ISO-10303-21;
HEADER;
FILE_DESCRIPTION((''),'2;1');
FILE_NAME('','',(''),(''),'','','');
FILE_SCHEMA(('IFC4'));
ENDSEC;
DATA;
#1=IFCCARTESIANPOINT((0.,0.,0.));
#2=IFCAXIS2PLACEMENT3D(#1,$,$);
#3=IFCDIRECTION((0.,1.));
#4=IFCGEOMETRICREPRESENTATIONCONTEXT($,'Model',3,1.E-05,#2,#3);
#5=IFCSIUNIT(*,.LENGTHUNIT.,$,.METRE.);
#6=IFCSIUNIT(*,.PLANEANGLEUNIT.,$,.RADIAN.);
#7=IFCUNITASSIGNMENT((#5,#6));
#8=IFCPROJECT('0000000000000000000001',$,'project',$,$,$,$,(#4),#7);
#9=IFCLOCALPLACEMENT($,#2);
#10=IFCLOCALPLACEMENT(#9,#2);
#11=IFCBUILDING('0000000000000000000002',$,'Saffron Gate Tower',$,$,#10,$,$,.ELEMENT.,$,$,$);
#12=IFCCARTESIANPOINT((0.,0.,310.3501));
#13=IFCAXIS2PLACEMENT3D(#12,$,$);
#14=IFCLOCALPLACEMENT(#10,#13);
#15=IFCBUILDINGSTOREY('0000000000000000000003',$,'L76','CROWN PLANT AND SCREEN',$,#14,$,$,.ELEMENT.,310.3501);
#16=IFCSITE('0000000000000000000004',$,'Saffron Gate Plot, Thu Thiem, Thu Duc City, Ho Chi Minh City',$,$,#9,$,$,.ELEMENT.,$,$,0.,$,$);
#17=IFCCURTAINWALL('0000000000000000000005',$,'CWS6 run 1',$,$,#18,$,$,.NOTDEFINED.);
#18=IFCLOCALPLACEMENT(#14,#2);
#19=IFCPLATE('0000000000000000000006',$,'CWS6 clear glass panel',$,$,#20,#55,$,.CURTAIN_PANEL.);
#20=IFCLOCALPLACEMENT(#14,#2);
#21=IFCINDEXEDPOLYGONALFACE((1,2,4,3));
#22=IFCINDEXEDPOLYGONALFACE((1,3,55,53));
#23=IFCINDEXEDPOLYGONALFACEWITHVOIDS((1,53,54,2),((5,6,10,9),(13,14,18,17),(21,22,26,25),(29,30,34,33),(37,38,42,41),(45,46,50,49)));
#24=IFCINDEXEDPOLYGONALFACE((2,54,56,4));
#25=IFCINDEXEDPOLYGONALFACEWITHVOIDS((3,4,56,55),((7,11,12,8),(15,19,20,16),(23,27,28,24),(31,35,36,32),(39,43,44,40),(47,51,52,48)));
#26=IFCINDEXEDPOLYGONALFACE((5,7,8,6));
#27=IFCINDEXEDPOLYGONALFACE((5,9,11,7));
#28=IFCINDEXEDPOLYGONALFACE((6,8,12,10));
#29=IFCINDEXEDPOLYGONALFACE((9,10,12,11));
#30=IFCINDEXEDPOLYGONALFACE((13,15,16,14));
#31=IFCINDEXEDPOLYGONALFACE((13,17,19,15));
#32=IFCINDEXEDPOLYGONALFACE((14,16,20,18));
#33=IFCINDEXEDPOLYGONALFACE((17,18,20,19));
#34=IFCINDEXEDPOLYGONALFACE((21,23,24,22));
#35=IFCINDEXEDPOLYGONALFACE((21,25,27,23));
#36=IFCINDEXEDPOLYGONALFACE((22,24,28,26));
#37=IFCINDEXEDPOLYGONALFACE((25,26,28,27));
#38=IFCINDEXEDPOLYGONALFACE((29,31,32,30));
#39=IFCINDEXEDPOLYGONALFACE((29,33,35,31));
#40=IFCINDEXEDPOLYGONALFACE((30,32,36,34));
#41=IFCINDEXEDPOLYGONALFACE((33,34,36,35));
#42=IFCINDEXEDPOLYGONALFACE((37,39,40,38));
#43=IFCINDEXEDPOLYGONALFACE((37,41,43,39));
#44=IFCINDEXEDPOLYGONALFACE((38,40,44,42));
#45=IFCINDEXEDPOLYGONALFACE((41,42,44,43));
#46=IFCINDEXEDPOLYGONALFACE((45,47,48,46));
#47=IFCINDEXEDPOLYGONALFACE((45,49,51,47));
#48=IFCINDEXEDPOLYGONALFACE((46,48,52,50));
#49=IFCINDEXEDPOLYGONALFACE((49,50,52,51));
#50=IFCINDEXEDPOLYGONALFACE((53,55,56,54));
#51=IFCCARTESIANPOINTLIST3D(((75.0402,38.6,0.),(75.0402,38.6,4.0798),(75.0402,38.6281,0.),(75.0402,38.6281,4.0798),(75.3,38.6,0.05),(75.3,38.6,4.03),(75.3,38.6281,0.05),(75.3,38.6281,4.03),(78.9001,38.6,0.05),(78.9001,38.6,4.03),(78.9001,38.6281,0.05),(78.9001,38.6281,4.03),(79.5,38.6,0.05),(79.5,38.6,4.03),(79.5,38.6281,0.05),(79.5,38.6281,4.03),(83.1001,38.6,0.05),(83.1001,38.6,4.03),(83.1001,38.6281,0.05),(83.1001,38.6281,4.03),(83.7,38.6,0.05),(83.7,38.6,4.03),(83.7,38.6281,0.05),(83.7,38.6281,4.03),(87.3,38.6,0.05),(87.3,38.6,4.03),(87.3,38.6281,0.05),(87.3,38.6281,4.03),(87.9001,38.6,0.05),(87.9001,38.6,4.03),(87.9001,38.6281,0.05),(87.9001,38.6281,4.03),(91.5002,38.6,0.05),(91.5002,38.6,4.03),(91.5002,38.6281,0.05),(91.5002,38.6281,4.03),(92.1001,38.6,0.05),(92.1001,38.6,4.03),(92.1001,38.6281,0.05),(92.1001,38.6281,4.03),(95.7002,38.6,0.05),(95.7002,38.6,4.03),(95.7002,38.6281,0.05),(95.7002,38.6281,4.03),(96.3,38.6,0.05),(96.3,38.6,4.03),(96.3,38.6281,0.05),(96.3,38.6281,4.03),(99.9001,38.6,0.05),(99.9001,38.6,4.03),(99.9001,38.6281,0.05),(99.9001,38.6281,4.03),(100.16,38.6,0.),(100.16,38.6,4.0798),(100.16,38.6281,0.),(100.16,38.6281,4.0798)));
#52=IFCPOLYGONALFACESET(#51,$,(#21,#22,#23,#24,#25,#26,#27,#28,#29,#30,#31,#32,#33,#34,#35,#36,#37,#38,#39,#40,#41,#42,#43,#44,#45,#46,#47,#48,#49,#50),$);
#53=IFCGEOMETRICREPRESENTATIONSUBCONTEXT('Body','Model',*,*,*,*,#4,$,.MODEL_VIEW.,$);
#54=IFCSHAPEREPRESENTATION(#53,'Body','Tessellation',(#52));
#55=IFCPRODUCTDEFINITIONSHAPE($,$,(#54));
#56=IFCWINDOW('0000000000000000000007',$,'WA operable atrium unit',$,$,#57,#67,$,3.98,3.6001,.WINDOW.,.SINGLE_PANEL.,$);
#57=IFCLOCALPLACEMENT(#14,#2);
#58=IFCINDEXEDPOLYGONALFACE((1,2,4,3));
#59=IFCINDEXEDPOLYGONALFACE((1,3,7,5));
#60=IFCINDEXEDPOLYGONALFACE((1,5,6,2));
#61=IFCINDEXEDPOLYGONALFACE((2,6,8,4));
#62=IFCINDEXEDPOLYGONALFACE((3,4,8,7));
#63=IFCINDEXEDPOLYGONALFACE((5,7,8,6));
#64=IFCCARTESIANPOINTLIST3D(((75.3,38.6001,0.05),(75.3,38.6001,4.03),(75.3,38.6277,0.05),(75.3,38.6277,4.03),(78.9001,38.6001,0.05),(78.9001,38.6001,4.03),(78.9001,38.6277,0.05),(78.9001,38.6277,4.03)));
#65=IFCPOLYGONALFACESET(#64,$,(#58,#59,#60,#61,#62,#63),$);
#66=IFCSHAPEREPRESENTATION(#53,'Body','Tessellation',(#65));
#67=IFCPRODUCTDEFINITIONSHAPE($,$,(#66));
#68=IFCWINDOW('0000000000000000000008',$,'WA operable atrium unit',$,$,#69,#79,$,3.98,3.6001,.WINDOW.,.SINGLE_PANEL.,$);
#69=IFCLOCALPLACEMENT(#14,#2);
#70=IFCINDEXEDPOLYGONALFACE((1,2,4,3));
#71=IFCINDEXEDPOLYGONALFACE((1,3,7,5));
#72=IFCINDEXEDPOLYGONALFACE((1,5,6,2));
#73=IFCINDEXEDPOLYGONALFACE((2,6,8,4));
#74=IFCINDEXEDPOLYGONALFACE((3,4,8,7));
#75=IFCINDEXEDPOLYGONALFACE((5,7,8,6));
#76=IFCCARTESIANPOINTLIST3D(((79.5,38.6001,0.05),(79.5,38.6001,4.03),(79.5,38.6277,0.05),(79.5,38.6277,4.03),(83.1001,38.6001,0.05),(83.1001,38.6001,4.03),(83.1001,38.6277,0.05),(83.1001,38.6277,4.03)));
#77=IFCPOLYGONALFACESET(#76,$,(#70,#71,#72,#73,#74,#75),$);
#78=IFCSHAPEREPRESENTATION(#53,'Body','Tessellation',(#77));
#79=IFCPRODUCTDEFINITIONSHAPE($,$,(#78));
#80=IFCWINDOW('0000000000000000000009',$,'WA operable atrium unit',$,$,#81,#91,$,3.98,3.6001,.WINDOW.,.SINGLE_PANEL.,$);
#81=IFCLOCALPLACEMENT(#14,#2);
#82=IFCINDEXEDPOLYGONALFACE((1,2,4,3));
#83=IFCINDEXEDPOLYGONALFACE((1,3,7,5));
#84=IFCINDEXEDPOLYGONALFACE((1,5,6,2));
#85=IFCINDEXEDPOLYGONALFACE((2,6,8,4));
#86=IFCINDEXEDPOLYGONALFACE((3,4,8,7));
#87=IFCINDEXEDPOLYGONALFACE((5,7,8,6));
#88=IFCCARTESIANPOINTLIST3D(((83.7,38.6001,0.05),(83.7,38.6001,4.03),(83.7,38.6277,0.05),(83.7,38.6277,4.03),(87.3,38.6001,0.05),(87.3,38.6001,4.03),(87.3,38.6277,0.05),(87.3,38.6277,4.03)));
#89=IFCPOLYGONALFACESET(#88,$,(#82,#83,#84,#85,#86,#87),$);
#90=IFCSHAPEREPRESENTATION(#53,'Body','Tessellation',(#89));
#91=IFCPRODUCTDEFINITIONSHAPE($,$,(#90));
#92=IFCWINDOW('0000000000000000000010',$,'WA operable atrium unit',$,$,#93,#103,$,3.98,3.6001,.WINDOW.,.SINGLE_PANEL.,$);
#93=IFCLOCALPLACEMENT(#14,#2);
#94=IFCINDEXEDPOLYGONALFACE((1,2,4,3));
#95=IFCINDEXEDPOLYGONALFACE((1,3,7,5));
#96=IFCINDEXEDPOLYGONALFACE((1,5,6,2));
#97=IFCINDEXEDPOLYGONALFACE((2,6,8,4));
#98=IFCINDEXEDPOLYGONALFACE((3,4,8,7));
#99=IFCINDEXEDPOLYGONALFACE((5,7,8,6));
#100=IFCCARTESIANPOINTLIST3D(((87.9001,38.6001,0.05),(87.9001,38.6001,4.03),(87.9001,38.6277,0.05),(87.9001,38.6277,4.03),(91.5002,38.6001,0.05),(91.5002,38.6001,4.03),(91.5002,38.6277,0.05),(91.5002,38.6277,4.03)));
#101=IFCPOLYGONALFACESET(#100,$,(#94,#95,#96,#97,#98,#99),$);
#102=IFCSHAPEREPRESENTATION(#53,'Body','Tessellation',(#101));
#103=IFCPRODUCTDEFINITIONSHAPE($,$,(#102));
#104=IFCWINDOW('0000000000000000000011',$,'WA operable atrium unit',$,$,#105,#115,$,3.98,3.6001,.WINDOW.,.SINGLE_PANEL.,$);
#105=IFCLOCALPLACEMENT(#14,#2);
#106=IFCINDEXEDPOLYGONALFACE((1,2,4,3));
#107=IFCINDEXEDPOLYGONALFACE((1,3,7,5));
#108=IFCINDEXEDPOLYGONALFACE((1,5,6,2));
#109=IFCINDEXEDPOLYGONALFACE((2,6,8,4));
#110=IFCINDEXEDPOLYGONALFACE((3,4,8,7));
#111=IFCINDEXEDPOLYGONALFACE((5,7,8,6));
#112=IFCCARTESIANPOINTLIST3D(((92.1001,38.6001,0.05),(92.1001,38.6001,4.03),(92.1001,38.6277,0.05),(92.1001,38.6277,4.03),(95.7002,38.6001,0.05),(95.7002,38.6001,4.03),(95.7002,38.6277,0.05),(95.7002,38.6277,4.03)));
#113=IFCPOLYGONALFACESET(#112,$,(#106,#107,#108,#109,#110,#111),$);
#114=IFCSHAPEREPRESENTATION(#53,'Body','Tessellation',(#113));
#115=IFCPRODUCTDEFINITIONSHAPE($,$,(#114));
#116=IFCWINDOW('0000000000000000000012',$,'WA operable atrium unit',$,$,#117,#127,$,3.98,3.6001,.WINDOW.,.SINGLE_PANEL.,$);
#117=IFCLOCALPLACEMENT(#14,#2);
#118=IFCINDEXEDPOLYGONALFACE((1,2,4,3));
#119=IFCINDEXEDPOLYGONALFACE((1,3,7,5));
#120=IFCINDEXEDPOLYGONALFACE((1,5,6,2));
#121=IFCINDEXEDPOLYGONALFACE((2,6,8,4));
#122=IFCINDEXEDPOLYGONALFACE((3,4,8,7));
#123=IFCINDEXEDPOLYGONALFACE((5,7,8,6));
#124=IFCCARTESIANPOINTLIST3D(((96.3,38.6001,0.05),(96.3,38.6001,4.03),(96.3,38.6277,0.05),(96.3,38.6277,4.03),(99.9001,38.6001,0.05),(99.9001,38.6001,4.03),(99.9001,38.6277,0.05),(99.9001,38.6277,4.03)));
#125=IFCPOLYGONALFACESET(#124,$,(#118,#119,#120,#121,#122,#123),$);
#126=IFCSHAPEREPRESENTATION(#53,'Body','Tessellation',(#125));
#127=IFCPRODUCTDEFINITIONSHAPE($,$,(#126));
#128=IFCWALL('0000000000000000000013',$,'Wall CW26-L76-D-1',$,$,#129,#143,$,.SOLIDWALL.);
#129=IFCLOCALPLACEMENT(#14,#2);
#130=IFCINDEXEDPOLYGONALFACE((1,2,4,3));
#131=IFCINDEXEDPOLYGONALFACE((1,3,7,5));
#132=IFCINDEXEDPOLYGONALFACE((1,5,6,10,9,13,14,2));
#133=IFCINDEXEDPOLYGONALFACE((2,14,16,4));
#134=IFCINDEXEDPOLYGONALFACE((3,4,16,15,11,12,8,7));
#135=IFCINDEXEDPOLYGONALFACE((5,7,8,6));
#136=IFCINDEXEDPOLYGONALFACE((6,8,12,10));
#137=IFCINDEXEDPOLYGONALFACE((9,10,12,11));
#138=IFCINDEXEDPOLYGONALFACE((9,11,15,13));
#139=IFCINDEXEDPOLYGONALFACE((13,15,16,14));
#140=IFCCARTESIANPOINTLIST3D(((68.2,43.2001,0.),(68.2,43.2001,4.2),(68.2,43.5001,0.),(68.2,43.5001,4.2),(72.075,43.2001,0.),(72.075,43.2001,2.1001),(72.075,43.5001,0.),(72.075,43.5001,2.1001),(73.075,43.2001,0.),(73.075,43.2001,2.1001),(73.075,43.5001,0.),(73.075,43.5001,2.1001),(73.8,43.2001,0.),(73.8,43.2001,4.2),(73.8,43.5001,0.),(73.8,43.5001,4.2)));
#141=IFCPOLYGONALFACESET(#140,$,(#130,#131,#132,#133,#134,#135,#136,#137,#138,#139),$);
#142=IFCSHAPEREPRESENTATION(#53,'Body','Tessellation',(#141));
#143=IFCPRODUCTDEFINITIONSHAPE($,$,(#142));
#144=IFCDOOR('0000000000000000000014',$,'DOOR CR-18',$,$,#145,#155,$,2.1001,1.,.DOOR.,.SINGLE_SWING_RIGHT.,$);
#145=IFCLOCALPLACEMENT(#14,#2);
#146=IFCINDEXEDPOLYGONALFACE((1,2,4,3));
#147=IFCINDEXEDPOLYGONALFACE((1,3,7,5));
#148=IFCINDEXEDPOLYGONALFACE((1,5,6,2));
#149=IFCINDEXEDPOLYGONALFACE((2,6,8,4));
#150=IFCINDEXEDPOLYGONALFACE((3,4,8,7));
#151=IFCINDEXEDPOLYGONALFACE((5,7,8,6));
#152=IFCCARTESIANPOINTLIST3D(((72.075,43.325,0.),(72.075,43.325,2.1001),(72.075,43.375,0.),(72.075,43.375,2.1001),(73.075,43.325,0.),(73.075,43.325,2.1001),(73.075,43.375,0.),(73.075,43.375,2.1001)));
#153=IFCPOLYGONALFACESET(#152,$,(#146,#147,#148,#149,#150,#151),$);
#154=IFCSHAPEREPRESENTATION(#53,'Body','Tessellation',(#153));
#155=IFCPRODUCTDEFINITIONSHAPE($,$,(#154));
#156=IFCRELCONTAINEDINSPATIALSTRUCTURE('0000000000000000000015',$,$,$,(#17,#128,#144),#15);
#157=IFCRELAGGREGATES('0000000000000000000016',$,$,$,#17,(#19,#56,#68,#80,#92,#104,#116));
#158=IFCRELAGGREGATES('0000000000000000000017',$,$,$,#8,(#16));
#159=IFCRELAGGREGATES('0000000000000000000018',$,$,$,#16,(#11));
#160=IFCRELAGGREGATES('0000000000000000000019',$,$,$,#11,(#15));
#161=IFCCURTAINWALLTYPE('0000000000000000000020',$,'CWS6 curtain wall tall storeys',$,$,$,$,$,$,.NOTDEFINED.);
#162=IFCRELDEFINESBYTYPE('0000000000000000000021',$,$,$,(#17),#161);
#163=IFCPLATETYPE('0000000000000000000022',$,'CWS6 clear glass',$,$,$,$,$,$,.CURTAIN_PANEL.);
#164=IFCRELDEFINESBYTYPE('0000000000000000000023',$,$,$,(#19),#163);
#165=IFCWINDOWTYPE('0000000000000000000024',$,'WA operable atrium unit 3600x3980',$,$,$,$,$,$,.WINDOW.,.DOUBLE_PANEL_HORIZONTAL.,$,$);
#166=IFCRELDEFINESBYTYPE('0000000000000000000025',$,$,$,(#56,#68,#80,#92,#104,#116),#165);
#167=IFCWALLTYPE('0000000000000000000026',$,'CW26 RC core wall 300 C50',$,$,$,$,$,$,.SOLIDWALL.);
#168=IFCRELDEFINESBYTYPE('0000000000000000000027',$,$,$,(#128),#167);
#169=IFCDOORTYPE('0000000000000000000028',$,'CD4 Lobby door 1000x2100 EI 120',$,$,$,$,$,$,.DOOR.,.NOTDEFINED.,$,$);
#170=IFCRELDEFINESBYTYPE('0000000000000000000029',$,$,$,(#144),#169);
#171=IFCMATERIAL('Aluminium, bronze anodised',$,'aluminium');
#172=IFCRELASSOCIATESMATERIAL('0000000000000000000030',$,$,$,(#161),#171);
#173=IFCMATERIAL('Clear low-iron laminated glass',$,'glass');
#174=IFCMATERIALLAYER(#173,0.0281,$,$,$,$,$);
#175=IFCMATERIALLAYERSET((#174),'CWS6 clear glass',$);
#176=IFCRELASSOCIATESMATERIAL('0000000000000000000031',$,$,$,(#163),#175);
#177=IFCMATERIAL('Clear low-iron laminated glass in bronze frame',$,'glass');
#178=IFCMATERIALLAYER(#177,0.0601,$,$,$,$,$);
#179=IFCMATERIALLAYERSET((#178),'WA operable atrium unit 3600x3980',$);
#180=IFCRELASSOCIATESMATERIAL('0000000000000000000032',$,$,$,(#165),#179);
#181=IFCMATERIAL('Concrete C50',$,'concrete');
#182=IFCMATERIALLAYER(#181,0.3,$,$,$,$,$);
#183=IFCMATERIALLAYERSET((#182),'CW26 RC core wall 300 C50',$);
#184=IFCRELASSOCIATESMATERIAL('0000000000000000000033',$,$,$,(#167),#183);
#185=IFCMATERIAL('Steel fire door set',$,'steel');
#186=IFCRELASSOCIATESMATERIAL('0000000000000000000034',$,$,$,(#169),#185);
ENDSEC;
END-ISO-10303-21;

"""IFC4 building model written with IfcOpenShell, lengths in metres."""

from ifc_helpers import new_model, si_unit, direction, frame, frame_2d, origin, place, context, subcontext, project, spatial, rectangle, extrude, material, layer, layer_set, type_object, element, fill, aggregate, save


model = new_model("IFC4")

# Units and contexts
model_context = context("Model", 3, precision=1e-05, world=origin(), true_north=direction((0.0, 1.0)))
body_context = subcontext(model_context, "Body", "Model", "MODEL_VIEW")
ifc_project = project(units=[si_unit("LENGTHUNIT", "METRE"), si_unit("PLANEANGLEUNIT", "RADIAN")], contexts=[model_context])

# Site, building, storey
site_placement = place(None, origin())
site = spatial("IfcSite", under=ifc_project, at=site_placement, Name="Saffron Gate Plot, Thu Thiem, Thu Duc City, Ho Chi Minh City", CompositionType="ELEMENT", RefElevation=0.0)
building_placement = place(site_placement, origin())
building = spatial("IfcBuilding", under=site, at=building_placement, Name="Saffron Gate Tower", CompositionType="ELEMENT")
storey_placement = place(building_placement, frame((0.0, 0.0, 310.3501)))
storey = spatial("IfcBuildingStorey", under=building, at=storey_placement, Name="L76", Description="CROWN PLANT AND SCREEN", CompositionType="ELEMENT", Elevation=310.3501)

# Curtain wall, plate, openings, windows
ifc_material_1 = material(Name="Aluminium, bronze anodised", Category="aluminium")
curtain_wall_type = type_object("IfcCurtainWallType", Name="CWS6 curtain wall tall storeys", PredefinedType="NOTDEFINED", material=ifc_material_1)
curtain_wall_placement = place(storey_placement, origin())
curtain_wall = element("IfcCurtainWall", 1, at=curtain_wall_placement, inside=storey, type_object=curtain_wall_type, Name="CWS6 run 1", PredefinedType="NOTDEFINED")
ifc_material_2 = material(Name="Clear low-iron laminated glass", Category="glass")
ifc_layer_1 = layer(ifc_material_2, 0.0281)
ifc_layer_set_1 = layer_set([ifc_layer_1], Name="CWS6 clear glass")
plate_type = type_object("IfcPlateType", Name="CWS6 clear glass", PredefinedType="CURTAIN_PANEL", material=ifc_layer_set_1)
plate_placement = place(storey_placement, frame((75.04, 38.614, 0.0), z_axis=(0.0, 0.0, 1.0), x_axis=(1.0, 0.0, 0.0)))
plate = element("IfcPlate", 2, at=plate_placement, type_object=plate_type, Name="CWS6 clear glass panel", PredefinedType="CURTAIN_PANEL", context=body_context, shape_type="SweptSolid", body=[
    extrude(rectangle(XDim=25.1199, YDim=0.0281, at=frame_2d((12.5601, 0.0))), origin(), (0.0, 0.0, 1.0), 4.0798),
])
opening_1_placement = place(plate_placement, frame((0.26, 0.0, 0.05)))
opening_1 = element("IfcOpeningElement", 3, at=opening_1_placement, cuts=plate, PredefinedType="OPENING", context=body_context, shape_type="SweptSolid", body=[
    extrude(rectangle(XDim=3.6001, YDim=3.98, at=frame_2d((1.8, 1.99))), frame((0.0, 0.0239, 0.0), z_axis=(0.0, -1.0, 0.0), x_axis=(1.0, 0.0, 0.0)), (0.0, 0.0, 1.0), 0.0481),
])
opening_2_placement = place(plate_placement, frame((4.46, 0.0, 0.05)))
opening_2 = element("IfcOpeningElement", 4, at=opening_2_placement, cuts=plate, PredefinedType="OPENING", context=body_context, shape_type="SweptSolid", body=[
    extrude(rectangle(XDim=3.6001, YDim=3.98, at=frame_2d((1.8, 1.99))), frame((0.0, 0.0239, 0.0), z_axis=(0.0, -1.0, 0.0), x_axis=(1.0, 0.0, 0.0)), (0.0, 0.0, 1.0), 0.0481),
])
opening_3_placement = place(plate_placement, frame((8.6599, 0.0, 0.05)))
opening_3 = element("IfcOpeningElement", 5, at=opening_3_placement, cuts=plate, PredefinedType="OPENING", context=body_context, shape_type="SweptSolid", body=[
    extrude(rectangle(XDim=3.6001, YDim=3.98, at=frame_2d((1.8, 1.99))), frame((0.0, 0.0239, 0.0), z_axis=(0.0, -1.0, 0.0), x_axis=(1.0, 0.0, 0.0)), (0.0, 0.0, 1.0), 0.0481),
])
opening_4_placement = place(plate_placement, frame((12.8601, 0.0, 0.05)))
opening_4 = element("IfcOpeningElement", 6, at=opening_4_placement, cuts=plate, PredefinedType="OPENING", context=body_context, shape_type="SweptSolid", body=[
    extrude(rectangle(XDim=3.6001, YDim=3.98, at=frame_2d((1.8, 1.99))), frame((0.0, 0.0239, 0.0), z_axis=(0.0, -1.0, 0.0), x_axis=(1.0, 0.0, 0.0)), (0.0, 0.0, 1.0), 0.0481),
])
opening_5_placement = place(plate_placement, frame((17.0601, 0.0, 0.05)))
opening_5 = element("IfcOpeningElement", 7, at=opening_5_placement, cuts=plate, PredefinedType="OPENING", context=body_context, shape_type="SweptSolid", body=[
    extrude(rectangle(XDim=3.6001, YDim=3.98, at=frame_2d((1.8, 1.99))), frame((0.0, 0.0239, 0.0), z_axis=(0.0, -1.0, 0.0), x_axis=(1.0, 0.0, 0.0)), (0.0, 0.0, 1.0), 0.0481),
])
opening_6_placement = place(plate_placement, frame((21.26, 0.0, 0.05)))
opening_6 = element("IfcOpeningElement", 8, at=opening_6_placement, cuts=plate, PredefinedType="OPENING", context=body_context, shape_type="SweptSolid", body=[
    extrude(rectangle(XDim=3.6001, YDim=3.98, at=frame_2d((1.8, 1.99))), frame((0.0, 0.0239, 0.0), z_axis=(0.0, -1.0, 0.0), x_axis=(1.0, 0.0, 0.0)), (0.0, 0.0, 1.0), 0.0481),
])
ifc_material_3 = material(Name="Clear low-iron laminated glass in bronze frame", Category="glass")
ifc_layer_2 = layer(ifc_material_3, 0.0601)
ifc_layer_set_2 = layer_set([ifc_layer_2], Name="WA operable atrium unit 3600x3980")
window_type = type_object("IfcWindowType", Name="WA operable atrium unit 3600x3980", PartitioningType="DOUBLE_PANEL_HORIZONTAL", PredefinedType="WINDOW", material=ifc_layer_set_2)
window_1_placement = place(opening_1_placement, origin())
window_1 = element("IfcWindow", 9, at=window_1_placement, type_object=window_type, Name="WA operable atrium unit", OverallHeight=3.98, OverallWidth=3.6001, PartitioningType="SINGLE_PANEL", PredefinedType="WINDOW", context=body_context, shape_type="SweptSolid", body=[
    extrude(rectangle(XDim=3.6001, YDim=3.98, at=frame_2d((1.8, 1.99))), frame((0.0, 0.0137, 0.0), z_axis=(0.0, -1.0, 0.0), x_axis=(1.0, 0.0, 0.0)), (0.0, 0.0, 1.0), 0.0276),
])
fill(opening_1, window_1)
window_2_placement = place(opening_2_placement, origin())
window_2 = element("IfcWindow", 10, at=window_2_placement, type_object=window_type, Name="WA operable atrium unit", OverallHeight=3.98, OverallWidth=3.6001, PartitioningType="SINGLE_PANEL", PredefinedType="WINDOW", context=body_context, shape_type="SweptSolid", body=[
    extrude(rectangle(XDim=3.6001, YDim=3.98, at=frame_2d((1.8, 1.99))), frame((0.0, 0.0137, 0.0), z_axis=(0.0, -1.0, 0.0), x_axis=(1.0, 0.0, 0.0)), (0.0, 0.0, 1.0), 0.0276),
])
fill(opening_2, window_2)
window_3_placement = place(opening_3_placement, origin())
window_3 = element("IfcWindow", 11, at=window_3_placement, type_object=window_type, Name="WA operable atrium unit", OverallHeight=3.98, OverallWidth=3.6001, PartitioningType="SINGLE_PANEL", PredefinedType="WINDOW", context=body_context, shape_type="SweptSolid", body=[
    extrude(rectangle(XDim=3.6001, YDim=3.98, at=frame_2d((1.8, 1.99))), frame((0.0, 0.0137, 0.0), z_axis=(0.0, -1.0, 0.0), x_axis=(1.0, 0.0, 0.0)), (0.0, 0.0, 1.0), 0.0276),
])
fill(opening_3, window_3)
window_4_placement = place(opening_4_placement, origin())
window_4 = element("IfcWindow", 12, at=window_4_placement, type_object=window_type, Name="WA operable atrium unit", OverallHeight=3.98, OverallWidth=3.6001, PartitioningType="SINGLE_PANEL", PredefinedType="WINDOW", context=body_context, shape_type="SweptSolid", body=[
    extrude(rectangle(XDim=3.6001, YDim=3.98, at=frame_2d((1.8, 1.99))), frame((0.0, 0.0137, 0.0), z_axis=(0.0, -1.0, 0.0), x_axis=(1.0, 0.0, 0.0)), (0.0, 0.0, 1.0), 0.0276),
])
fill(opening_4, window_4)
window_5_placement = place(opening_5_placement, origin())
window_5 = element("IfcWindow", 13, at=window_5_placement, type_object=window_type, Name="WA operable atrium unit", OverallHeight=3.98, OverallWidth=3.6001, PartitioningType="SINGLE_PANEL", PredefinedType="WINDOW", context=body_context, shape_type="SweptSolid", body=[
    extrude(rectangle(XDim=3.6001, YDim=3.98, at=frame_2d((1.8, 1.99))), frame((0.0, 0.0137, 0.0), z_axis=(0.0, -1.0, 0.0), x_axis=(1.0, 0.0, 0.0)), (0.0, 0.0, 1.0), 0.0276),
])
fill(opening_5, window_5)
window_6_placement = place(opening_6_placement, origin())
window_6 = element("IfcWindow", 14, at=window_6_placement, type_object=window_type, Name="WA operable atrium unit", OverallHeight=3.98, OverallWidth=3.6001, PartitioningType="SINGLE_PANEL", PredefinedType="WINDOW", context=body_context, shape_type="SweptSolid", body=[
    extrude(rectangle(XDim=3.6001, YDim=3.98, at=frame_2d((1.8, 1.99))), frame((0.0, 0.0137, 0.0), z_axis=(0.0, -1.0, 0.0), x_axis=(1.0, 0.0, 0.0)), (0.0, 0.0, 1.0), 0.0276),
])
fill(opening_6, window_6)
aggregate(curtain_wall, [plate, window_1, window_2, window_3, window_4, window_5, window_6])

# Wall, opening, door
ifc_material_4 = material(Name="Concrete C50", Category="concrete")
ifc_layer_3 = layer(ifc_material_4, 0.3)
ifc_layer_set_3 = layer_set([ifc_layer_3], Name="CW26 RC core wall 300 C50")
wall_type_1 = type_object("IfcWallType", Name="CW26 RC core wall 300 C50", PredefinedType="SOLIDWALL", material=ifc_layer_set_3)
wall_1_placement = place(storey_placement, frame((68.2, 43.3501, 0.0), z_axis=(0.0, 0.0, 1.0), x_axis=(1.0, 0.0, 0.0)))
wall_1 = element("IfcWall", 15, at=wall_1_placement, inside=storey, type_object=wall_type_1, Name="Wall CW26-L76-D-1", PredefinedType="SOLIDWALL", context=body_context, shape_type="SweptSolid", body=[
    extrude(rectangle(XDim=5.6001, YDim=0.3, at=frame_2d((2.8, 0.0))), origin(), (0.0, 0.0, 1.0), 4.2),
])
opening_7_placement = place(wall_1_placement, frame((3.875, 0.0, 0.0)))
opening_7 = element("IfcOpeningElement", 16, at=opening_7_placement, cuts=wall_1, PredefinedType="OPENING", context=body_context, shape_type="SweptSolid", body=[
    extrude(rectangle(XDim=1.0, YDim=2.1001, at=frame_2d((0.5, 1.05))), frame((0.0, 0.1602, 0.0), z_axis=(0.0, -1.0, 0.0), x_axis=(1.0, 0.0, 0.0)), (0.0, 0.0, 1.0), 0.3201),
])
ifc_material_5 = material(Name="Steel fire door set", Category="steel")
door_type_1 = type_object("IfcDoorType", Name="CD4 Lobby door 1000x2100 EI 120", OperationType="NOTDEFINED", PredefinedType="DOOR", material=ifc_material_5)
door_1_placement = place(opening_7_placement, origin())
door_1 = element("IfcDoor", 17, at=door_1_placement, inside=storey, type_object=door_type_1, Name="DOOR CR-18", OperationType="SINGLE_SWING_RIGHT", OverallHeight=2.1001, OverallWidth=1.0, PredefinedType="DOOR", context=body_context, shape_type="SweptSolid", body=[
    extrude(rectangle(XDim=1.0, YDim=2.1001, at=frame_2d((0.5, 1.05))), frame((0.0, 0.0249, 0.0), z_axis=(0.0, -1.0, 0.0), x_axis=(1.0, 0.0, 0.0)), (0.0, 0.0, 1.0), 0.05),
])
fill(opening_7, door_1)

save(model, "model.ifc")
